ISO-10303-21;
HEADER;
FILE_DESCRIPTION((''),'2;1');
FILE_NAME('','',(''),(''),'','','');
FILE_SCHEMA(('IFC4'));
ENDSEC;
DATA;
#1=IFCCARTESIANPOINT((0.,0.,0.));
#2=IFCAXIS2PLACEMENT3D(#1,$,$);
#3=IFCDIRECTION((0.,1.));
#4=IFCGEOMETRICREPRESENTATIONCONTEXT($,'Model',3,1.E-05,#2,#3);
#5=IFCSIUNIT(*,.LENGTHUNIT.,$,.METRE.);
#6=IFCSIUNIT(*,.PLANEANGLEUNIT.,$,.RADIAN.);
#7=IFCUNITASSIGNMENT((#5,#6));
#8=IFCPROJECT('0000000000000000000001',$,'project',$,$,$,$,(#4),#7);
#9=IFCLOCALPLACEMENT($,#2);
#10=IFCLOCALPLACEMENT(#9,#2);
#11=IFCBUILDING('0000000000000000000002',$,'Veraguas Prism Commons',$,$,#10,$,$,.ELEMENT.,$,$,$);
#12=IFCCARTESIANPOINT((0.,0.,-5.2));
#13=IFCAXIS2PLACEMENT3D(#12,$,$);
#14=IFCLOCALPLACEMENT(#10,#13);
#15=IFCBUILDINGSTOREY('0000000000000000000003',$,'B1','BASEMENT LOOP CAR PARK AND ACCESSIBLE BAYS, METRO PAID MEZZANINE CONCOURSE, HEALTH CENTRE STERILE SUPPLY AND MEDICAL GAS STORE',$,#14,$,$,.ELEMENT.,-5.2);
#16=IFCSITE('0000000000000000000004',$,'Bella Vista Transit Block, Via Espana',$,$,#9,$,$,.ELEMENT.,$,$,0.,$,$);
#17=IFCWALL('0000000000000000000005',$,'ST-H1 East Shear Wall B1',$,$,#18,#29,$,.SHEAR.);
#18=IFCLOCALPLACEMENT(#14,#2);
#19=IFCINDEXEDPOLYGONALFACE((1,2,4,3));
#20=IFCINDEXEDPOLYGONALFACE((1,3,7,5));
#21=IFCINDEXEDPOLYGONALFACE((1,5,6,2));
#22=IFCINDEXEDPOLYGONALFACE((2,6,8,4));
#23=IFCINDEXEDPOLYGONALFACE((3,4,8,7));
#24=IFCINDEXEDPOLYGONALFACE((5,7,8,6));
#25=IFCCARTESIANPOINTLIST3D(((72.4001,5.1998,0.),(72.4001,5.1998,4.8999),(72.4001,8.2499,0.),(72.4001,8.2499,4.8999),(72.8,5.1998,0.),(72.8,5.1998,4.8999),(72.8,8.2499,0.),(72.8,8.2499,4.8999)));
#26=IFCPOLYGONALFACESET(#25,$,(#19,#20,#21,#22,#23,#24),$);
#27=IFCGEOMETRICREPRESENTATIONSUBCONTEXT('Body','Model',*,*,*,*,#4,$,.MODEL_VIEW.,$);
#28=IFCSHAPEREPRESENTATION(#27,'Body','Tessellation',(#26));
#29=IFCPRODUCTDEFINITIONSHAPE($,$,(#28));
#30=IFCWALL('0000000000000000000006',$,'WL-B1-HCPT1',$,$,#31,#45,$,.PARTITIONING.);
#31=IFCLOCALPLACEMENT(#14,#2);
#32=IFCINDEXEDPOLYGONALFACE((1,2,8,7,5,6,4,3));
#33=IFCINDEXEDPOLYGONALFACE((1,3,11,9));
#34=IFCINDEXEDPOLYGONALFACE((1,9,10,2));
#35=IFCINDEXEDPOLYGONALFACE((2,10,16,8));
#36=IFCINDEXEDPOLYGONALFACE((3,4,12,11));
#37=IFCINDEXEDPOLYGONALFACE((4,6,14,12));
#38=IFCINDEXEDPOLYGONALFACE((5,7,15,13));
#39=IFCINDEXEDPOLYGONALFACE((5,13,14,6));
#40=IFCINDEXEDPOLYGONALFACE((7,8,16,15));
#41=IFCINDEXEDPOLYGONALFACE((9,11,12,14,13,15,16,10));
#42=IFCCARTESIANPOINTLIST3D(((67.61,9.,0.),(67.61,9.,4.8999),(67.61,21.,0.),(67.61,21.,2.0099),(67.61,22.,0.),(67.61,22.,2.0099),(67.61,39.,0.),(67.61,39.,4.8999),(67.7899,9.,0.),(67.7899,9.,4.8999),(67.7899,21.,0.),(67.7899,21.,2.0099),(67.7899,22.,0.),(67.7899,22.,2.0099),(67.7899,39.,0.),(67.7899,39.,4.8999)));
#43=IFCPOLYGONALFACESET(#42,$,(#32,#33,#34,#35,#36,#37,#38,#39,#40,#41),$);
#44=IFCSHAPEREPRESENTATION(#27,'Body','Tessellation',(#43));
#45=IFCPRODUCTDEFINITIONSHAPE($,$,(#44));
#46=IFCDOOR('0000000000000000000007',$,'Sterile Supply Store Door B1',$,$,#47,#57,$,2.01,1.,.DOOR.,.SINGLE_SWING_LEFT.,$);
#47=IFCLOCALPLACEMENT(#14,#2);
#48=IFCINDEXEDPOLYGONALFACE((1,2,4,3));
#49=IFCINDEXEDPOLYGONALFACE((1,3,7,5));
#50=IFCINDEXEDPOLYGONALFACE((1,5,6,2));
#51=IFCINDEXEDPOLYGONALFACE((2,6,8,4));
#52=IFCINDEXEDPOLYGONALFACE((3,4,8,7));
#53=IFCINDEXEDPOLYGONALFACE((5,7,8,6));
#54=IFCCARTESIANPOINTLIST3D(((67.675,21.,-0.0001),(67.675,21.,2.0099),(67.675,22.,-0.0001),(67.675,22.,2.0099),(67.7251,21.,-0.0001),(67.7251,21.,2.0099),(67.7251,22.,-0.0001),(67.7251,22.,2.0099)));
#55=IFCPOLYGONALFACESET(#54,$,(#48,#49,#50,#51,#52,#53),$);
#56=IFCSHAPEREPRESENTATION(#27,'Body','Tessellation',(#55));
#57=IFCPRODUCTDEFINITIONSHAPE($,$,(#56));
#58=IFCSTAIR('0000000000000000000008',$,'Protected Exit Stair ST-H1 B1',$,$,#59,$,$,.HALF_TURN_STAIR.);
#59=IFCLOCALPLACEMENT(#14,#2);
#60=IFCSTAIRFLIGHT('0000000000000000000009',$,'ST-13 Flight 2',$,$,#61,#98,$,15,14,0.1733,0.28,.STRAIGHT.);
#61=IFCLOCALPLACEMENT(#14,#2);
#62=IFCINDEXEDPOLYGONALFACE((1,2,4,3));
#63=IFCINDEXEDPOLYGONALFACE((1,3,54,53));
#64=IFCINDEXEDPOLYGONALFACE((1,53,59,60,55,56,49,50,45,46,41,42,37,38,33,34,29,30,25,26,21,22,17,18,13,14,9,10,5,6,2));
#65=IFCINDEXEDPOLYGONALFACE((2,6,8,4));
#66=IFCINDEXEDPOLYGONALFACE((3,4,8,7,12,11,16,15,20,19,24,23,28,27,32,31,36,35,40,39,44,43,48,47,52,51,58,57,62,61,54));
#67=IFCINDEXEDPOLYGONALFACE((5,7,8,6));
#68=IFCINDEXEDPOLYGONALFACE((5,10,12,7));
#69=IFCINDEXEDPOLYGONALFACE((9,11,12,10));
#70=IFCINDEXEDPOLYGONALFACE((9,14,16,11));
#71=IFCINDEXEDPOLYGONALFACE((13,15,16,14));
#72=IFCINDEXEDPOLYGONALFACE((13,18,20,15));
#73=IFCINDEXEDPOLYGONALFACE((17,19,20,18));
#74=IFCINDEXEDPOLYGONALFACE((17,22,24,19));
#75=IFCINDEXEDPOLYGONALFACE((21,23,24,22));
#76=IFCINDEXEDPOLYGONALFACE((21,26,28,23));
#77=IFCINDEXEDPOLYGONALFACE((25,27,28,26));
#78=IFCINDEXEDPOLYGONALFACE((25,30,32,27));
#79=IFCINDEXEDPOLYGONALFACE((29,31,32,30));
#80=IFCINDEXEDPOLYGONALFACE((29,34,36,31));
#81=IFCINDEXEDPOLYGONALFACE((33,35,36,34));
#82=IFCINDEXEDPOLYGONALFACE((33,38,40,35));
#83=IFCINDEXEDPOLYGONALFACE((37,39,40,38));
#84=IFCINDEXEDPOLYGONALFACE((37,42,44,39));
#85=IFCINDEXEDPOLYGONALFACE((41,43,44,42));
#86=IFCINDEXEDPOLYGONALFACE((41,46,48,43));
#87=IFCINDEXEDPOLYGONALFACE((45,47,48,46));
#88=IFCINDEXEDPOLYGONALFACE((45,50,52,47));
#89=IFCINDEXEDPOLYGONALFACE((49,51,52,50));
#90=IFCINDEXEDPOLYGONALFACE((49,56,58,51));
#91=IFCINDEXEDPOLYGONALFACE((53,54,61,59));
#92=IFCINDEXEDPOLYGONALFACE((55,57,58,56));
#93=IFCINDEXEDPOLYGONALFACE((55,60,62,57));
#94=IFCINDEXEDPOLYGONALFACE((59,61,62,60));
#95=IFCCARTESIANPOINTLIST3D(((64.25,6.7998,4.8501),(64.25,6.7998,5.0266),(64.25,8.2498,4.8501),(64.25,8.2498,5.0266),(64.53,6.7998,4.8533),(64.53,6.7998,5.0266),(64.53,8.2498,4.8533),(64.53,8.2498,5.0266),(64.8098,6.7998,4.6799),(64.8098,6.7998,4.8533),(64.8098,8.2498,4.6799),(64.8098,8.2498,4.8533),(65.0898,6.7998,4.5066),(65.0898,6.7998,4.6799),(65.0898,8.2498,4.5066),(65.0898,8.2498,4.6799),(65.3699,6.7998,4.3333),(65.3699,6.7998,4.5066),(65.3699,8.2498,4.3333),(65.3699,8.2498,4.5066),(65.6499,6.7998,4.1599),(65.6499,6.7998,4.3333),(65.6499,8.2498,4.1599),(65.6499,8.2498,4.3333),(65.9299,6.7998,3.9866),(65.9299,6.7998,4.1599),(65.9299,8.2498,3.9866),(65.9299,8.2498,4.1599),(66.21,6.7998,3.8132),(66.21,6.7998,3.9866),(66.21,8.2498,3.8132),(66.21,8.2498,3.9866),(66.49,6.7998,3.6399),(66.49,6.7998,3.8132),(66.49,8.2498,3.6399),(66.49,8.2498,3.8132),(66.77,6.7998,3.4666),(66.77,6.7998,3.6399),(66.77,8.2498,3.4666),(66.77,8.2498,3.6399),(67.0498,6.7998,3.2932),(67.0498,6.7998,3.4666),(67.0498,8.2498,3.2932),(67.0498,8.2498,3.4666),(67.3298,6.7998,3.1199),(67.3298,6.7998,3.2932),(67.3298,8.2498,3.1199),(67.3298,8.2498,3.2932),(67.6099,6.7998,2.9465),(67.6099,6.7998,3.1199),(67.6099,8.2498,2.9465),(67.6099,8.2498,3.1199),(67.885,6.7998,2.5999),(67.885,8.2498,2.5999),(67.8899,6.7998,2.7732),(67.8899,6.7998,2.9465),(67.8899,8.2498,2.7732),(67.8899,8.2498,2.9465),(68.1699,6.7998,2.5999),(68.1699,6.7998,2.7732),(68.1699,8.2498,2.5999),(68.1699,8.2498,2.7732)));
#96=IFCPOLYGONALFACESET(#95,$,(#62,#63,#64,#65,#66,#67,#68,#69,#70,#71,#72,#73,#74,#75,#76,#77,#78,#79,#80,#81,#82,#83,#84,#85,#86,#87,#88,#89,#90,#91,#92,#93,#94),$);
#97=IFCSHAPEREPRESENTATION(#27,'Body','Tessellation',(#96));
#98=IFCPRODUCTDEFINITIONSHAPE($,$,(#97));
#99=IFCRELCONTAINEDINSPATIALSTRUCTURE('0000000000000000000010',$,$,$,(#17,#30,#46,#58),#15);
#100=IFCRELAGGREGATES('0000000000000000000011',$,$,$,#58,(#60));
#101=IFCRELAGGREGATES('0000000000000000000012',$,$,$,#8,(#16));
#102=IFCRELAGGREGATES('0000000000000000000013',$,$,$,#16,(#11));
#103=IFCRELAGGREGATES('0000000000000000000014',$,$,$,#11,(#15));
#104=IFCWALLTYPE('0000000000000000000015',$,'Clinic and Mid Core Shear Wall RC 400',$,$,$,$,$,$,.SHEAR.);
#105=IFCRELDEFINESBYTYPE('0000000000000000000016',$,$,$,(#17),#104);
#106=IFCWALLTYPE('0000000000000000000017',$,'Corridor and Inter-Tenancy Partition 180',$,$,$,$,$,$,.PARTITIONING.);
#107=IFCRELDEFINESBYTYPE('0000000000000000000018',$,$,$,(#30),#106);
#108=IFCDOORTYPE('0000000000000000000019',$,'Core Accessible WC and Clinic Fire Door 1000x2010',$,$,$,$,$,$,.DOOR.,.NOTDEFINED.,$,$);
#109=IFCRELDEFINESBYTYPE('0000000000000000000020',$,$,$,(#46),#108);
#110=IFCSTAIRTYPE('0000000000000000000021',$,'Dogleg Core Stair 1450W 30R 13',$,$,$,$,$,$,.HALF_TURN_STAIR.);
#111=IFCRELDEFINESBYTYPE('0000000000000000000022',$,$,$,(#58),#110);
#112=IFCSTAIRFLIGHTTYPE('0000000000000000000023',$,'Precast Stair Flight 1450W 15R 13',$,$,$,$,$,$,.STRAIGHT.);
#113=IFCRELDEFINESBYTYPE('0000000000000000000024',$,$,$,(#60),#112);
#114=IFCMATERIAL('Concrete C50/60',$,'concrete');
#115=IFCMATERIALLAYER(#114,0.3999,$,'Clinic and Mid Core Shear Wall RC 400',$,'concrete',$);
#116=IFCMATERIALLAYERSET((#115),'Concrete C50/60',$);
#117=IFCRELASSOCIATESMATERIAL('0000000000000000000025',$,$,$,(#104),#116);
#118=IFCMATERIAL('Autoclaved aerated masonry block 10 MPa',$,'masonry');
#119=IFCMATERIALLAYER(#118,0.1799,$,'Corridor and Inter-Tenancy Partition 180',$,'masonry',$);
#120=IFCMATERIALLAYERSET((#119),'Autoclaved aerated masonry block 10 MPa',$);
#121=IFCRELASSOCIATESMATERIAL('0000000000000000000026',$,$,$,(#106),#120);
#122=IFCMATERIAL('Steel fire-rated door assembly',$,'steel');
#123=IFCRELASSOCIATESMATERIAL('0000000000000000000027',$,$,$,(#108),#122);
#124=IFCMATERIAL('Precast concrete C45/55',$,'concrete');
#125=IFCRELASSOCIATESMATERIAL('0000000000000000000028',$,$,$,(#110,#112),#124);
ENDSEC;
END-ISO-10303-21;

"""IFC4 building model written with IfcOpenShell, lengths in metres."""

from ifc_helpers import new_model, si_unit, direction, frame, frame_2d, origin, place, context, subcontext, project, spatial, polyline, rectangle, outline, extrude, source, transform, mapped, material, layer, layer_set, type_object, element, fill, aggregate, save


model = new_model("IFC4")

# Units and contexts
model_context = context("Model", 3, precision=1e-05, world=origin(), true_north=direction((0.0, 1.0)))
body_context = subcontext(model_context, "Body", "Model", "MODEL_VIEW")
ifc_project = project(units=[si_unit("LENGTHUNIT", "METRE"), si_unit("PLANEANGLEUNIT", "RADIAN")], contexts=[model_context])

# Site, building, storey
site_placement = place(None, origin())
site = spatial("IfcSite", under=ifc_project, at=site_placement, Name="Bella Vista Transit Block, Via Espana", CompositionType="ELEMENT", RefElevation=0.0)
building_placement = place(site_placement, origin())
building = spatial("IfcBuilding", under=site, at=building_placement, Name="Veraguas Prism Commons", CompositionType="ELEMENT")
storey_placement = place(building_placement, frame((0.0, 0.0, -5.2)))
storey = spatial("IfcBuildingStorey", under=building, at=storey_placement, Name="B1", Description="BASEMENT LOOP CAR PARK AND ACCESSIBLE BAYS, METRO PAID MEZZANINE CONCOURSE, HEALTH CENTRE STERILE SUPPLY AND MEDICAL GAS STORE", CompositionType="ELEMENT", Elevation=-5.2)

# Shared definitions
ifc_material_1 = material(Name="Concrete C50/60", Category="concrete")

# Shared definitions
ifc_layer_1 = layer(ifc_material_1, 0.3999, Name="Clinic and Mid Core Shear Wall RC 400", Category="concrete")
ifc_layer_set_1 = layer_set([ifc_layer_1], Name="Concrete C50/60")
wall_type_1 = type_object("IfcWallType", Name="Clinic and Mid Core Shear Wall RC 400", PredefinedType="SHEAR", material=ifc_layer_set_1)

# Wall
wall_1_placement = place(storey_placement, frame((72.6001, 5.2, 0.0), z_axis=(0.0, 0.0, 1.0), x_axis=(0.0, 1.0, 0.0)))
element("IfcWall", 1, at=wall_1_placement, inside=storey, type_object=wall_type_1, Name="ST-H1 East Shear Wall B1", PredefinedType="SHEAR", context=body_context, shape_type="SweptSolid", body=[
    extrude(rectangle(XDim=3.05, YDim=0.3999, at=frame_2d((1.5249, 0.0))), origin(), (0.0, 0.0, 1.0), 4.8999),
])

# Wall, opening, door
ifc_material_2 = material(Name="Autoclaved aerated masonry block 10 MPa", Category="masonry")
ifc_layer_2 = layer(ifc_material_2, 0.1799, Name="Corridor and Inter-Tenancy Partition 180", Category="masonry")
ifc_layer_set_2 = layer_set([ifc_layer_2], Name="Autoclaved aerated masonry block 10 MPa")
wall_type_2 = type_object("IfcWallType", Name="Corridor and Inter-Tenancy Partition 180", PredefinedType="PARTITIONING", material=ifc_layer_set_2)
wall_2_placement = place(storey_placement, frame((67.7, 9.0, 0.0), z_axis=(0.0, 0.0, 1.0), x_axis=(0.0, 1.0, 0.0)))
wall_2 = element("IfcWall", 2, at=wall_2_placement, inside=storey, type_object=wall_type_2, Name="WL-B1-HCPT1", PredefinedType="PARTITIONING", context=body_context, shape_type="SweptSolid", body=[
    extrude(rectangle(XDim=30.0, YDim=0.1799, at=frame_2d((15.0, 0.0))), origin(), (0.0, 0.0, 1.0), 4.8999),
])
opening_1_placement = place(wall_2_placement, frame((12.0, 0.0, 0.0)))
opening_1 = element("IfcOpeningElement", 3, at=opening_1_placement, cuts=wall_2, PredefinedType="OPENING", context=body_context, shape_type="SweptSolid", body=[
    extrude(rectangle(XDim=1.0, YDim=2.01, at=frame_2d((0.5, 1.0049))), frame((0.0, 0.0999, 0.0), z_axis=(0.0, -1.0, 0.0), x_axis=(1.0, 0.0, 0.0)), (0.0, 0.0, 1.0), 0.2),
])
ifc_material_3 = material(Name="Steel fire-rated door assembly", Category="steel")
door_type_1 = type_object("IfcDoorType", Name="Core Accessible WC and Clinic Fire Door 1000x2010", OperationType="NOTDEFINED", PredefinedType="DOOR", material=ifc_material_3)
shared_shape_1 = source(origin(), body_context, "Body", "SweptSolid", [
    extrude(rectangle(XDim=1.0, YDim=2.01, at=frame_2d((0.5, 1.0049))), frame((0.0, 0.0249, 0.0), z_axis=(0.0, -1.0, 0.0), x_axis=(1.0, 0.0, 0.0)), (0.0, 0.0, 1.0), 0.05),
])
door_1_placement = place(opening_1_placement, origin())
door_1 = element("IfcDoor", 4, at=door_1_placement, inside=storey, type_object=door_type_1, Name="Sterile Supply Store Door B1", OperationType="SINGLE_SWING_LEFT", OverallHeight=2.01, OverallWidth=1.0, PredefinedType="DOOR", context=body_context, shape_type="MappedRepresentation", body=[
    mapped(shared_shape_1, transform((0.0, 0.0, 0.0), scale=1.0)),
])
fill(opening_1, door_1)

# Stair, stair flight
ifc_material_4 = material(Name="Precast concrete C45/55", Category="concrete")
stair_type = type_object("IfcStairType", Name="Dogleg Core Stair 1450W 30R 13", PredefinedType="HALF_TURN_STAIR", material=ifc_material_4)
stair_placement = place(storey_placement, origin())
stair = element("IfcStair", 5, at=stair_placement, inside=storey, type_object=stair_type, Name="Protected Exit Stair ST-H1 B1", PredefinedType="HALF_TURN_STAIR")
stair_flight_type = type_object("IfcStairFlightType", Name="Precast Stair Flight 1450W 15R 13", PredefinedType="STRAIGHT", material=ifc_material_4)
stair_flight_placement = place(storey_placement, frame((68.1699, 7.5249, 2.5999), z_axis=(0.0, 0.0, 1.0), x_axis=(-1.0, 0.0, 0.0)))
stair_flight = element("IfcStairFlight", 6, at=stair_flight_placement, type_object=stair_flight_type, Name="ST-13 Flight 2", NumberOfRisers=15, NumberOfTreads=14, PredefinedType="STRAIGHT", RiserHeight=0.1733, TreadLength=0.28, context=body_context, shape_type="SweptSolid", body=[
    extrude(outline(polyline([(0.0, 0.0), (0.0, 0.1733), (0.28, 0.1733), (0.28, 0.3467), (0.5601, 0.3467), (0.5601, 0.52), (0.8401, 0.52), (0.8401, 0.6934), (1.1201, 0.6934), (1.1201, 0.8667), (1.3999, 0.8667), (1.3999, 1.04), (1.6799, 1.04), (1.6799, 1.2134), (1.96, 1.2134), (1.96, 1.3867), (2.24, 1.3867), (2.24, 1.5601), (2.52, 1.5601), (2.52, 1.7334), (2.8, 1.7334), (2.8, 1.9067), (3.0801, 1.9067), (3.0801, 2.0801), (3.3601, 2.0801), (3.3601, 2.2534), (3.6399, 2.2534), (3.6399, 2.4268), (3.9199, 2.4268), (3.9199, 2.6001), (3.9199, 2.2502), (0.2849, 0.0), (0.0, 0.0)])), frame((0.0, 0.7251, 0.0), z_axis=(0.0, -1.0, 0.0), x_axis=(1.0, 0.0, 0.0)), (0.0, 0.0, 1.0), 1.45),
])
aggregate(stair, [stair_flight])

save(model, "model.ifc")
